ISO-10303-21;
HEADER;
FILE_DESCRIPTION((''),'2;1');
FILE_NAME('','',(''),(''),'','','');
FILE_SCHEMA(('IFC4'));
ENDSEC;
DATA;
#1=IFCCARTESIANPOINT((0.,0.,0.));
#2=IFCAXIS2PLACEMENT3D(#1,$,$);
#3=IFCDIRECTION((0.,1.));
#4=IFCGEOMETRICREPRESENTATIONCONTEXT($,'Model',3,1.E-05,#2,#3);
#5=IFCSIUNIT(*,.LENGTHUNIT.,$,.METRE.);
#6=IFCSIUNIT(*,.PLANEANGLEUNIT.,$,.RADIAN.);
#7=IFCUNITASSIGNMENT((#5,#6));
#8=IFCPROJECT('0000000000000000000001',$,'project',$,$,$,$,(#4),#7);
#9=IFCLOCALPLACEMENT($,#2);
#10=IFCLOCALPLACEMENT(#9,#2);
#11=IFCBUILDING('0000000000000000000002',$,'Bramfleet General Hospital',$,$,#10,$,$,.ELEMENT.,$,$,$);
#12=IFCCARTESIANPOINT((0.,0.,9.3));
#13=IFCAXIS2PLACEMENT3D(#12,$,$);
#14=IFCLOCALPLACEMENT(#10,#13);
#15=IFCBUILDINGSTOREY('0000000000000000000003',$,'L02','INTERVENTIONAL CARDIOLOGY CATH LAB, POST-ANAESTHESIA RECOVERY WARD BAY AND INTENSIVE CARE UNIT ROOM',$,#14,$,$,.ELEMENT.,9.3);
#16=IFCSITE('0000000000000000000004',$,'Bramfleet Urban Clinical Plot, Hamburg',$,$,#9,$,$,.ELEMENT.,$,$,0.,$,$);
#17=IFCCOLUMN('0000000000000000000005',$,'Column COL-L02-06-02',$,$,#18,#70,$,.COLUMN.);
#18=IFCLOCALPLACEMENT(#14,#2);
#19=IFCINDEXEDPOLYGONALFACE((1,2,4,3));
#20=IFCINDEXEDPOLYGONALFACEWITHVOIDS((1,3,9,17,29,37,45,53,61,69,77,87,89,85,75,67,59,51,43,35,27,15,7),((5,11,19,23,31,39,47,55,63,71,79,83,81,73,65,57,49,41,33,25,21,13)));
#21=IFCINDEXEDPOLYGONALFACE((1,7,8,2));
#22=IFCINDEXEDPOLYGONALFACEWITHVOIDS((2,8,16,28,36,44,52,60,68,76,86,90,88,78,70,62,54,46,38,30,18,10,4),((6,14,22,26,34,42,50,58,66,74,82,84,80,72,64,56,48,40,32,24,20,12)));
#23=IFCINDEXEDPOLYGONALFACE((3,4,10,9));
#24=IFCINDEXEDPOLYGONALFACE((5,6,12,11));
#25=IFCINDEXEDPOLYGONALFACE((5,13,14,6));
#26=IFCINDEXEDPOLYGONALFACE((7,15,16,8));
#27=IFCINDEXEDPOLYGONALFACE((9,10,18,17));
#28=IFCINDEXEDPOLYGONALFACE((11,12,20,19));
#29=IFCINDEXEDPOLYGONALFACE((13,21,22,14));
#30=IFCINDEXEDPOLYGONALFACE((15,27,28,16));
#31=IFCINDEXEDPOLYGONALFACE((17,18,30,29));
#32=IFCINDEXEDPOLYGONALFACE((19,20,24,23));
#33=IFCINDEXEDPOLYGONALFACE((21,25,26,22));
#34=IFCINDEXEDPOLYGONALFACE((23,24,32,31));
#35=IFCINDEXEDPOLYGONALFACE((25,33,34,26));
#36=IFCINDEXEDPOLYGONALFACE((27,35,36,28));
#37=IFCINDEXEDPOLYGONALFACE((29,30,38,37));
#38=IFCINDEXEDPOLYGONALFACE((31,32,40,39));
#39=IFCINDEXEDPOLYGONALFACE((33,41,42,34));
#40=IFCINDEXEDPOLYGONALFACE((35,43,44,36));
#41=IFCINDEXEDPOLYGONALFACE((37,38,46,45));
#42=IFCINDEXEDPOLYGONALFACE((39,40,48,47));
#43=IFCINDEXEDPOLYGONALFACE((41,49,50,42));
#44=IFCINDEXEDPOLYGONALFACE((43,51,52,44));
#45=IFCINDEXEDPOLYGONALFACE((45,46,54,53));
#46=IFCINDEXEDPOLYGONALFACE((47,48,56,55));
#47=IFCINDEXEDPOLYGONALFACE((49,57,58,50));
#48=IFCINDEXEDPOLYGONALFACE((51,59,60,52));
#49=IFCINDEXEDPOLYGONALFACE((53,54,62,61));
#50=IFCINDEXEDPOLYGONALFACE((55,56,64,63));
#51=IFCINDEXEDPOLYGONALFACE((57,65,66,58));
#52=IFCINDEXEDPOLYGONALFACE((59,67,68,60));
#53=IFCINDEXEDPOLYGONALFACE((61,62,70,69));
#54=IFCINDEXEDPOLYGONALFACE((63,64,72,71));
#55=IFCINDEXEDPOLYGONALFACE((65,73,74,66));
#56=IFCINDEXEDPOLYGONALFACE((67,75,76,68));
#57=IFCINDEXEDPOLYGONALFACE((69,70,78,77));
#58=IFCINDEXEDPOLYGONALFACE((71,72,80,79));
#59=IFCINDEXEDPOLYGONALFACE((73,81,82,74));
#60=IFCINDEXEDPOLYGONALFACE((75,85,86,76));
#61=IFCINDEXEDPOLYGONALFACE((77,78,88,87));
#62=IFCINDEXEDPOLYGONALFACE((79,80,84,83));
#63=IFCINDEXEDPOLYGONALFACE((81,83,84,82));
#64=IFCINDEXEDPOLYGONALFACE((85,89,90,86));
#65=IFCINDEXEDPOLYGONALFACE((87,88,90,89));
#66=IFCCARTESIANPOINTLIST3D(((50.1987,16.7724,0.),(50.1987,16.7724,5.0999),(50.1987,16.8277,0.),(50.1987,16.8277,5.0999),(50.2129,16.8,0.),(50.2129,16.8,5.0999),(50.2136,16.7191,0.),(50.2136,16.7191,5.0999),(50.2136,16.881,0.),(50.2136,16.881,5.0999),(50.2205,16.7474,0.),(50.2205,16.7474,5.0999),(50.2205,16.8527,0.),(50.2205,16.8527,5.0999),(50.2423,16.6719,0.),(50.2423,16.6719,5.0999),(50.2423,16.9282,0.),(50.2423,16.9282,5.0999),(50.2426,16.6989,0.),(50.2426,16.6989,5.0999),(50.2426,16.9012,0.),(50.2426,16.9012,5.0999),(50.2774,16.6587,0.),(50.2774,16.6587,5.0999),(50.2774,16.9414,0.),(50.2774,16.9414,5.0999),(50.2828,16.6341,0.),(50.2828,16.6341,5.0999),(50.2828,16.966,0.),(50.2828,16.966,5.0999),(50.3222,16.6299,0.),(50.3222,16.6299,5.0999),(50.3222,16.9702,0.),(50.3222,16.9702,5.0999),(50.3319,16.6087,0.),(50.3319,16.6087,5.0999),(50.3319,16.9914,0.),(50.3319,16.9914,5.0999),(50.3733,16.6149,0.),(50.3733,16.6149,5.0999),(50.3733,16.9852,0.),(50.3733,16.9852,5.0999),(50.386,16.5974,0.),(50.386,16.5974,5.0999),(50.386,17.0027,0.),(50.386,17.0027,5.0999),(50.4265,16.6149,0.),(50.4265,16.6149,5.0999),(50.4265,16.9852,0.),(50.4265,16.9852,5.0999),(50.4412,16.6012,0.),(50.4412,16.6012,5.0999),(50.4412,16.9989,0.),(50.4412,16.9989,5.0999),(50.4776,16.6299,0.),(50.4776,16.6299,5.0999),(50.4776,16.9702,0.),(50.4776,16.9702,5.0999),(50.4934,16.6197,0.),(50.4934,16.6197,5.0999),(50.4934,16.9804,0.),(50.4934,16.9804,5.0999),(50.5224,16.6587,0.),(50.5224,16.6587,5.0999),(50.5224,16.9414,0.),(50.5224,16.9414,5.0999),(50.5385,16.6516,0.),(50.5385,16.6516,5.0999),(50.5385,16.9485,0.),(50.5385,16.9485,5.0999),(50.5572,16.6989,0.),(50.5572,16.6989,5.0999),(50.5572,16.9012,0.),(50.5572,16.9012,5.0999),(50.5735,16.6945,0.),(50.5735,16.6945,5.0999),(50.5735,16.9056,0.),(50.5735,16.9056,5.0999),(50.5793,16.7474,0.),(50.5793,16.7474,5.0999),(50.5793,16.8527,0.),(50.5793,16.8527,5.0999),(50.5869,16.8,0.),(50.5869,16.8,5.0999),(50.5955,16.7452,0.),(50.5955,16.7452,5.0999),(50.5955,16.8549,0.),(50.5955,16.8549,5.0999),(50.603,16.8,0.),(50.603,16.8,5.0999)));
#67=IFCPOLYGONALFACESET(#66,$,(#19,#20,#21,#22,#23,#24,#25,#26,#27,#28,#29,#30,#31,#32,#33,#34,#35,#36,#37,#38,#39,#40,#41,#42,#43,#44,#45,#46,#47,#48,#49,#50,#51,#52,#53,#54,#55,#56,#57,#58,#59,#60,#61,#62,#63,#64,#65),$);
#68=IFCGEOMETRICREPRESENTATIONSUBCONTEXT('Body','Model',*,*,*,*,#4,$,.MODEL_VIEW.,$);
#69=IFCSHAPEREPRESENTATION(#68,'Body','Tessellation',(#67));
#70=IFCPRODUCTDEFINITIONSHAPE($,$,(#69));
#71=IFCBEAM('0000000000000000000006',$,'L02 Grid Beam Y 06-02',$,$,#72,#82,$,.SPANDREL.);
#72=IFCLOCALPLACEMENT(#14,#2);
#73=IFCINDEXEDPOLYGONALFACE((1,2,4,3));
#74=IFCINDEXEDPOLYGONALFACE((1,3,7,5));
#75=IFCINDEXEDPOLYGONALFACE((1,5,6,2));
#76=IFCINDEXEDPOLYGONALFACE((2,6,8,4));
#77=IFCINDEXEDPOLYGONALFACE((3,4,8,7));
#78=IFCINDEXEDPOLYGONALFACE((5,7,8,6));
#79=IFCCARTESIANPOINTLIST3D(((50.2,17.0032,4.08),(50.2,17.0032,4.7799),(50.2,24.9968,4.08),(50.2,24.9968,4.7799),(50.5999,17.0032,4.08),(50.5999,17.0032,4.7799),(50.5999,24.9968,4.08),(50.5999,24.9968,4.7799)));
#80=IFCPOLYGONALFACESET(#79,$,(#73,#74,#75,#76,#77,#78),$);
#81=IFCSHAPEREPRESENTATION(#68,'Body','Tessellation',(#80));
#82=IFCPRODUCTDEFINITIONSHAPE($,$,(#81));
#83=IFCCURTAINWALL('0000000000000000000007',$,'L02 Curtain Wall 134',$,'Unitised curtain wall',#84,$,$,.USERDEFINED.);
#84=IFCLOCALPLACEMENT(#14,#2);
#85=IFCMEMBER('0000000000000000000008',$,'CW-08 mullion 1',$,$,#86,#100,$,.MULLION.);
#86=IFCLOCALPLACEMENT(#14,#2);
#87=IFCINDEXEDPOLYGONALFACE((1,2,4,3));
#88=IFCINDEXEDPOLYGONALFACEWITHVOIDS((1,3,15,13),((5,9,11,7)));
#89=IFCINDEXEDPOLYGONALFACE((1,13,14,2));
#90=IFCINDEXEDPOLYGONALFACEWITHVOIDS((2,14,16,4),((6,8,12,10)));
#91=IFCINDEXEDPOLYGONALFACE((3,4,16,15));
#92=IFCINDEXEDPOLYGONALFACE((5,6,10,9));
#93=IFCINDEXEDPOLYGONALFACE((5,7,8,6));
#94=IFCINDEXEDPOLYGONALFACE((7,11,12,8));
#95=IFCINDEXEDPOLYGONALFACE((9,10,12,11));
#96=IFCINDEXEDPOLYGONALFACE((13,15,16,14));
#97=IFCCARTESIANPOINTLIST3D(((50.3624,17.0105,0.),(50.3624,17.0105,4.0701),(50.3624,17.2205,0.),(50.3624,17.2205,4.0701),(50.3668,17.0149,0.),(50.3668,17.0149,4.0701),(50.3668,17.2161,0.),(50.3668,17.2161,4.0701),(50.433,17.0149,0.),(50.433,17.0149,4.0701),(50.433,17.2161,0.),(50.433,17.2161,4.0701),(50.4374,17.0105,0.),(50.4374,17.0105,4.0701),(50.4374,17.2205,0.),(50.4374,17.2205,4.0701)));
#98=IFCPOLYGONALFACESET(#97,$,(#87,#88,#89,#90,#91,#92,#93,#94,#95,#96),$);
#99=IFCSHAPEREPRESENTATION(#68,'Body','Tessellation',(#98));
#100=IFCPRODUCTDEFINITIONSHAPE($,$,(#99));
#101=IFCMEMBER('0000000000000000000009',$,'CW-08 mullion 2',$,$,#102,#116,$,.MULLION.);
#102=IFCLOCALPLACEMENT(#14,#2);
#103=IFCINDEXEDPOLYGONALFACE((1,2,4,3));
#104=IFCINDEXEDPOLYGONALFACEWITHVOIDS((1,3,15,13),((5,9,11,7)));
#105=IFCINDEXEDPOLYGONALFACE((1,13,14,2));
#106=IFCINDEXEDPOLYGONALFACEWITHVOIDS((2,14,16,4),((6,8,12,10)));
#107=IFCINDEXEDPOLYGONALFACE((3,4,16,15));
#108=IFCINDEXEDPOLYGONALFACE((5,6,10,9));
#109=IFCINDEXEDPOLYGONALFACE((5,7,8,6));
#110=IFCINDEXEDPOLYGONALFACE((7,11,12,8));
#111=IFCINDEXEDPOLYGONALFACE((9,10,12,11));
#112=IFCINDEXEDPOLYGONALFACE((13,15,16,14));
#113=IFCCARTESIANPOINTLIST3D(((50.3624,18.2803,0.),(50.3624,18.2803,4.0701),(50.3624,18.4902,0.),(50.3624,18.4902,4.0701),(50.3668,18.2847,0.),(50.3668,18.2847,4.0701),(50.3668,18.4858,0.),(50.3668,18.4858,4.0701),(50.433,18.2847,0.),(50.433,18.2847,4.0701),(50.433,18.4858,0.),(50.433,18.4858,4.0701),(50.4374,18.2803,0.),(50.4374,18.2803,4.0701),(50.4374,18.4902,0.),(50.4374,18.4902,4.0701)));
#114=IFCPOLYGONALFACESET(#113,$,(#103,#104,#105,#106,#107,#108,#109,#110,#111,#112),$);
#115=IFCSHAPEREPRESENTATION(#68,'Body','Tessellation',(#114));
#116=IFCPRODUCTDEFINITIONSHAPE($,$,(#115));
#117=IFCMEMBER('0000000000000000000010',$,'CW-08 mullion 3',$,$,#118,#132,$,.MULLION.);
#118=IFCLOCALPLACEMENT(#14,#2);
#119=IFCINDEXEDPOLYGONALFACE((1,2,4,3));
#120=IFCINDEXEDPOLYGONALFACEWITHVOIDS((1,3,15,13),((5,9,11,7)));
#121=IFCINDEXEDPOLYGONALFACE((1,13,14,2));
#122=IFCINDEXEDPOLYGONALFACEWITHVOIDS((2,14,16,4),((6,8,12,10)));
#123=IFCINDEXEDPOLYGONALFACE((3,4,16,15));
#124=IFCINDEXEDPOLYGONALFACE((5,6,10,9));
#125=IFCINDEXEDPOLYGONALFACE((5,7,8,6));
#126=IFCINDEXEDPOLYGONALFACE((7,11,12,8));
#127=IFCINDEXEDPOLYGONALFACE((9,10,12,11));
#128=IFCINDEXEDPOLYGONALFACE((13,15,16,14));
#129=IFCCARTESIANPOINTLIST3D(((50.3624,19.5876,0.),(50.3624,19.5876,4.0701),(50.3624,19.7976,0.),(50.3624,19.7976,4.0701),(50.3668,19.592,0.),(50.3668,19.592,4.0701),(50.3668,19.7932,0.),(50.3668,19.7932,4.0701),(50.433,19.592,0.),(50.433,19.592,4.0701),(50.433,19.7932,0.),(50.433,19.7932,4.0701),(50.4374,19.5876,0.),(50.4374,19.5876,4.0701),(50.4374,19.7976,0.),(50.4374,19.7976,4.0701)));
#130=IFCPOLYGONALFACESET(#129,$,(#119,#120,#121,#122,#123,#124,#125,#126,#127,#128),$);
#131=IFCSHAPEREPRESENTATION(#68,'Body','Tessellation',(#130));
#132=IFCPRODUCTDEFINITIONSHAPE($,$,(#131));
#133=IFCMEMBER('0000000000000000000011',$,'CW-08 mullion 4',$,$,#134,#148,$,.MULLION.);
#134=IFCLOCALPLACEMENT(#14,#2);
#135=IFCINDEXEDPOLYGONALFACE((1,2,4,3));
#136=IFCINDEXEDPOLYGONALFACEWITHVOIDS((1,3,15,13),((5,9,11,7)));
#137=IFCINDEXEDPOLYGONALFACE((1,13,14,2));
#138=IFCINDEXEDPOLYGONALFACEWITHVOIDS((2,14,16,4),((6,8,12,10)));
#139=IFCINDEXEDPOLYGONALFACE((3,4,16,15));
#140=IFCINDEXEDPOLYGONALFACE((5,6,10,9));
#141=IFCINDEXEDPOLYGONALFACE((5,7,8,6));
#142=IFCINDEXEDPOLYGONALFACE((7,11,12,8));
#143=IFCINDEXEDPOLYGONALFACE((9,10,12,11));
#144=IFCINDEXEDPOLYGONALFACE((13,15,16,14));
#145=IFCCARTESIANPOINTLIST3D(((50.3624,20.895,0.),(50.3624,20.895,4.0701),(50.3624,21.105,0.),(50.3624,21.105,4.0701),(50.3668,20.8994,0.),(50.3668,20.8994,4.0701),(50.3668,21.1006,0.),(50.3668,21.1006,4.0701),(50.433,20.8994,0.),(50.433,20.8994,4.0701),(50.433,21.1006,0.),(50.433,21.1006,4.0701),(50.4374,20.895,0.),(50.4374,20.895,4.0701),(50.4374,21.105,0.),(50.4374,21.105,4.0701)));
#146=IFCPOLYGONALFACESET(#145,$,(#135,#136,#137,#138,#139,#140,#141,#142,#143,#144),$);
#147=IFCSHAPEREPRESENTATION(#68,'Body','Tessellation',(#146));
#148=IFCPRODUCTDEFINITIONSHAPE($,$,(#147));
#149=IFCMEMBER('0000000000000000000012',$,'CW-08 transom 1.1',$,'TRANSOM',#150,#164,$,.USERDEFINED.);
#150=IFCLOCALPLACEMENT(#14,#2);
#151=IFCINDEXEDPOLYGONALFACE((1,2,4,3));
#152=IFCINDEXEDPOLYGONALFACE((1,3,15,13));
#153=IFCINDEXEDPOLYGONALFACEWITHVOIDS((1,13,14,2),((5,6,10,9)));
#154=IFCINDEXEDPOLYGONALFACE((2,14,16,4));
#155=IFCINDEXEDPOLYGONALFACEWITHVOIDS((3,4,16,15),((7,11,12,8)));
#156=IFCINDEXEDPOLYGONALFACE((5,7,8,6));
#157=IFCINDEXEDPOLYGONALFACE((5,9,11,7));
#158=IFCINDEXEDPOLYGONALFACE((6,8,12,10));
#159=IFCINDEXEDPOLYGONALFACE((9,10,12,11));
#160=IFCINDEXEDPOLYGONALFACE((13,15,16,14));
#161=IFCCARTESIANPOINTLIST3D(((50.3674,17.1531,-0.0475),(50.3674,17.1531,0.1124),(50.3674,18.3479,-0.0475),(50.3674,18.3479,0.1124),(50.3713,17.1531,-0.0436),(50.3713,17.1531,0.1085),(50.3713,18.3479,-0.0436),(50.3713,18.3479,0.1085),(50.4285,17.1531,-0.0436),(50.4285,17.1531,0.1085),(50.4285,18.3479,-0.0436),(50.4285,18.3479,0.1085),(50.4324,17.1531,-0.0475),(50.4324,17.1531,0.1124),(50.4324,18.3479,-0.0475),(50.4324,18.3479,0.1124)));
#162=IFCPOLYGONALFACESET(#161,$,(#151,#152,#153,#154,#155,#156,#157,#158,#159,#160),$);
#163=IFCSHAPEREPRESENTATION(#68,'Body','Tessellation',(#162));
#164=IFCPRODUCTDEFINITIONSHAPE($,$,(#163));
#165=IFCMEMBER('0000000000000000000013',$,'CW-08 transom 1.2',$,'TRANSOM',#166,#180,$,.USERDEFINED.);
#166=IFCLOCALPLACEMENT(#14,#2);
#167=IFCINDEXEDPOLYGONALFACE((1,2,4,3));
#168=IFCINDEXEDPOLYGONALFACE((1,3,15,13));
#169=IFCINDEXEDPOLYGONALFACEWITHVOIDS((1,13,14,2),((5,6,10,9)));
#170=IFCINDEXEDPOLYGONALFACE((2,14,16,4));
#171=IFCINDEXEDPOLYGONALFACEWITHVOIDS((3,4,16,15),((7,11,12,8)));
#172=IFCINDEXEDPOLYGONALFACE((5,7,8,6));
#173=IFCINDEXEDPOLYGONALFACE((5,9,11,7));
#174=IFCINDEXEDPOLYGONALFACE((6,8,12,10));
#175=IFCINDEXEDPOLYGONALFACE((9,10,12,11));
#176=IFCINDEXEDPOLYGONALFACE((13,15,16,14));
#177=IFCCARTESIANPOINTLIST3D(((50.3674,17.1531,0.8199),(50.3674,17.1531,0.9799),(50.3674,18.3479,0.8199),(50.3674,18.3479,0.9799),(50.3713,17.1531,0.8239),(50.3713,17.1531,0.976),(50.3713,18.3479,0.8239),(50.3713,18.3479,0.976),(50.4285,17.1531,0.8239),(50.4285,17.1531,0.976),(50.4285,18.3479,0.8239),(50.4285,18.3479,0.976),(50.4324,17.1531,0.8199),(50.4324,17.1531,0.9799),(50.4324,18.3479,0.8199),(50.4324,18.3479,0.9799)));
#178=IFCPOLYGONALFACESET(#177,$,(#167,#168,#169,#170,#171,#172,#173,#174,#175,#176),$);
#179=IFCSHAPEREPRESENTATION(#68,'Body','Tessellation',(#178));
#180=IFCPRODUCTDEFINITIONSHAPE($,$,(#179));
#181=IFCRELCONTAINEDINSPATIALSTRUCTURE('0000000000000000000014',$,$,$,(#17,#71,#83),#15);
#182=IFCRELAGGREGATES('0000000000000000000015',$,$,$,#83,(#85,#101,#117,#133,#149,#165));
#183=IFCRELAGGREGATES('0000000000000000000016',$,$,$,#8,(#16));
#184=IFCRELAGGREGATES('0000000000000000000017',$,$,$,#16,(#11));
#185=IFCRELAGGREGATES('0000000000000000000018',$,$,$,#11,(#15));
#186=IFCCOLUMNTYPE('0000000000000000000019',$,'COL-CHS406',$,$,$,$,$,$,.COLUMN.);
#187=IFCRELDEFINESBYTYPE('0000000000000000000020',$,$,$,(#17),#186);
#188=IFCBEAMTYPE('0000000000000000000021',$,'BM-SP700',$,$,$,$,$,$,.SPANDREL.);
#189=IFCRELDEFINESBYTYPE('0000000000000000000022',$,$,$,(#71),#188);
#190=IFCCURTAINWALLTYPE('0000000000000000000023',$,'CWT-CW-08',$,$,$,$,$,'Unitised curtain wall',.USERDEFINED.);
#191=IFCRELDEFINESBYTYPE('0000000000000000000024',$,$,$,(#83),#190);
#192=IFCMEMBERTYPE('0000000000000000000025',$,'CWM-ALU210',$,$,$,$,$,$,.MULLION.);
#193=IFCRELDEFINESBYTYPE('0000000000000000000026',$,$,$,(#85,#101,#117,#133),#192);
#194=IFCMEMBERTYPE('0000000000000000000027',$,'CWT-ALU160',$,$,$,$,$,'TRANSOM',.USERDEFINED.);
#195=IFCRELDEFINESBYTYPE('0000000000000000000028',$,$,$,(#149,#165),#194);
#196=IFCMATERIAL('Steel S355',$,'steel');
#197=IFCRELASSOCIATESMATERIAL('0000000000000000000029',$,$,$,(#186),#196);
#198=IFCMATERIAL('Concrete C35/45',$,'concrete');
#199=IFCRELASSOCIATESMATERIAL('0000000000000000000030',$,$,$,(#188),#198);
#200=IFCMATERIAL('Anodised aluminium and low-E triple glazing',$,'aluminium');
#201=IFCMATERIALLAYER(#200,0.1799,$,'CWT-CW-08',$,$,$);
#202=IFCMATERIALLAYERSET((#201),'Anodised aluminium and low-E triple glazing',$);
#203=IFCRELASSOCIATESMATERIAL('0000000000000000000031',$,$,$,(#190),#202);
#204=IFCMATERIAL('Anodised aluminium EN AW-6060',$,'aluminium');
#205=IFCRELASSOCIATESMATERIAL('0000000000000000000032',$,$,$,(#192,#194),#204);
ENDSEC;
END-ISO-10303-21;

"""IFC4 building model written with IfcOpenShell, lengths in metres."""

from ifc_helpers import new_model, si_unit, direction, frame, origin, origin_2d, place, context, subcontext, project, spatial, rectangle, hollow_rectangle, hollow_circle, extrude, material, layer, layer_set, material_profile, profile_set, type_object, element, aggregate, save


model = new_model("IFC4")

# Units and contexts
model_context = context("Model", 3, precision=1e-05, world=origin(), true_north=direction((0.0, 1.0)))
body_context = subcontext(model_context, "Body", "Model", "MODEL_VIEW")
ifc_project = project(units=[si_unit("LENGTHUNIT", "METRE"), si_unit("PLANEANGLEUNIT", "RADIAN")], contexts=[model_context])

# Site, building, storey
site_placement = place(None, origin())
site = spatial("IfcSite", under=ifc_project, at=site_placement, Name="Bramfleet Urban Clinical Plot, Hamburg", CompositionType="ELEMENT", RefElevation=0.0)
building_placement = place(site_placement, origin())
building = spatial("IfcBuilding", under=site, at=building_placement, Name="Bramfleet General Hospital", CompositionType="ELEMENT")
storey_placement = place(building_placement, frame((0.0, 0.0, 9.3)))
storey = spatial("IfcBuildingStorey", under=building, at=storey_placement, Name="L02", Description="INTERVENTIONAL CARDIOLOGY CATH LAB, POST-ANAESTHESIA RECOVERY WARD BAY AND INTENSIVE CARE UNIT ROOM", CompositionType="ELEMENT", Elevation=9.3)

# Column
ifc_material_1 = material(Name="Steel S355", Category="steel")
ifc_material_profile_1 = material_profile(ifc_material_1, hollow_circle(Radius=0.2031, WallThickness=0.0161, at=origin_2d()), Name="CHS 406.4x16.0")
ifc_profile_set_1 = profile_set([ifc_material_profile_1], Name="Steel S355")
column_type = type_object("IfcColumnType", Name="COL-CHS406", PredefinedType="COLUMN", material=ifc_profile_set_1)
column_placement = place(storey_placement, frame((50.3999, 16.8, 0.0), z_axis=(0.0, 0.0, 1.0), x_axis=(1.0, 0.0, 0.0)))
element("IfcColumn", 1, at=column_placement, inside=storey, type_object=column_type, Name="Column COL-L02-06-02", PredefinedType="COLUMN", context=body_context, shape_type="SweptSolid", body=[
    extrude(hollow_circle(Radius=0.2031, WallThickness=0.0161, at=origin_2d()), origin(), (0.0, 0.0, 1.0), 5.0999),
])

# Beam
ifc_material_2 = material(Name="Concrete C35/45", Category="concrete")
ifc_material_profile_2 = material_profile(ifc_material_2, rectangle(XDim=0.3999, YDim=0.7, at=origin_2d()), Name="RC SP 700x400")
ifc_profile_set_2 = profile_set([ifc_material_profile_2], Name="Concrete C35/45")
beam_type = type_object("IfcBeamType", Name="BM-SP700", PredefinedType="SPANDREL", material=ifc_profile_set_2)
beam_placement = place(storey_placement, frame((50.3999, 17.0032, 4.4299), z_axis=(0.0, 1.0, 0.0), x_axis=(-1.0, 0.0, 0.0)))
element("IfcBeam", 2, at=beam_placement, inside=storey, type_object=beam_type, Name="L02 Grid Beam Y 06-02", PredefinedType="SPANDREL", context=body_context, shape_type="SweptSolid", body=[
    extrude(rectangle(XDim=0.3999, YDim=0.7, at=origin_2d()), origin(), (0.0, 0.0, 1.0), 7.9937),
])

# Curtain wall, members
ifc_material_3 = material(Name="Anodised aluminium and low-E triple glazing", Category="aluminium")
ifc_layer_1 = layer(ifc_material_3, 0.1799, Name="CWT-CW-08")
ifc_layer_set_1 = layer_set([ifc_layer_1], Name="Anodised aluminium and low-E triple glazing")
curtain_wall_type = type_object("IfcCurtainWallType", Name="CWT-CW-08", ElementType="Unitised curtain wall", PredefinedType="USERDEFINED", material=ifc_layer_set_1)
curtain_wall_placement = place(storey_placement, origin())
curtain_wall = element("IfcCurtainWall", 3, at=curtain_wall_placement, inside=storey, type_object=curtain_wall_type, Name="L02 Curtain Wall 134", ObjectType="Unitised curtain wall", PredefinedType="USERDEFINED")
ifc_material_4 = material(Name="Anodised aluminium EN AW-6060", Category="aluminium")
ifc_material_profile_3 = material_profile(ifc_material_4, hollow_rectangle(XDim=0.075, YDim=0.21, WallThickness=0.0044, at=origin_2d()), Name="ALU 210x75x4.5")
ifc_profile_set_3 = profile_set([ifc_material_profile_3], Name="Anodised aluminium EN AW-6060")
member_type_1 = type_object("IfcMemberType", Name="CWM-ALU210", PredefinedType="MULLION", material=ifc_profile_set_3)
member_1_placement = place(storey_placement, frame((50.3999, 17.1155, 0.0), z_axis=(0.0, 0.0, 1.0), x_axis=(-1.0, 0.0, 0.0)))
member_1 = element("IfcMember", 4, at=member_1_placement, type_object=member_type_1, Name="CW-08 mullion 1", PredefinedType="MULLION", context=body_context, shape_type="SweptSolid", body=[
    extrude(hollow_rectangle(XDim=0.075, YDim=0.21, WallThickness=0.0044, at=origin_2d()), origin(), (0.0, 0.0, 1.0), 4.0701),
])
member_2_placement = place(storey_placement, frame((50.3999, 18.3853, 0.0), z_axis=(0.0, 0.0, 1.0), x_axis=(-1.0, 0.0, 0.0)))
member_2 = element("IfcMember", 5, at=member_2_placement, type_object=member_type_1, Name="CW-08 mullion 2", PredefinedType="MULLION", context=body_context, shape_type="SweptSolid", body=[
    extrude(hollow_rectangle(XDim=0.075, YDim=0.21, WallThickness=0.0044, at=origin_2d()), origin(), (0.0, 0.0, 1.0), 4.0701),
])
member_3_placement = place(storey_placement, frame((50.3999, 19.6926, 0.0), z_axis=(0.0, 0.0, 1.0), x_axis=(-1.0, 0.0, 0.0)))
member_3 = element("IfcMember", 6, at=member_3_placement, type_object=member_type_1, Name="CW-08 mullion 3", PredefinedType="MULLION", context=body_context, shape_type="SweptSolid", body=[
    extrude(hollow_rectangle(XDim=0.075, YDim=0.21, WallThickness=0.0044, at=origin_2d()), origin(), (0.0, 0.0, 1.0), 4.0701),
])
member_4_placement = place(storey_placement, frame((50.3999, 21.0, 0.0), z_axis=(0.0, 0.0, 1.0), x_axis=(-1.0, 0.0, 0.0)))
member_4 = element("IfcMember", 7, at=member_4_placement, type_object=member_type_1, Name="CW-08 mullion 4", PredefinedType="MULLION", context=body_context, shape_type="SweptSolid", body=[
    extrude(hollow_rectangle(XDim=0.075, YDim=0.21, WallThickness=0.0044, at=origin_2d()), origin(), (0.0, 0.0, 1.0), 4.0701),
])
ifc_material_profile_4 = material_profile(ifc_material_4, hollow_rectangle(XDim=0.0649, YDim=0.1599, WallThickness=0.0039, at=origin_2d()), Name="ALU 160x65x4.0")
ifc_profile_set_4 = profile_set([ifc_material_profile_4], Name="Anodised aluminium EN AW-6060")
member_type_2 = type_object("IfcMemberType", Name="CWT-ALU160", ElementType="TRANSOM", PredefinedType="USERDEFINED", material=ifc_profile_set_4)
member_5_placement = place(storey_placement, frame((50.3999, 17.1531, 0.0325), z_axis=(0.0, 1.0, 0.0), x_axis=(-1.0, 0.0, 0.0)))
member_5 = element("IfcMember", 8, at=member_5_placement, type_object=member_type_2, Name="CW-08 transom 1.1", ObjectType="TRANSOM", PredefinedType="USERDEFINED", context=body_context, shape_type="SweptSolid", body=[
    extrude(hollow_rectangle(XDim=0.0649, YDim=0.1599, WallThickness=0.0039, at=origin_2d()), origin(), (0.0, 0.0, 1.0), 1.1948),
])
member_6_placement = place(storey_placement, frame((50.3999, 17.1531, 0.8999), z_axis=(0.0, 1.0, 0.0), x_axis=(-1.0, 0.0, 0.0)))
member_6 = element("IfcMember", 9, at=member_6_placement, type_object=member_type_2, Name="CW-08 transom 1.2", ObjectType="TRANSOM", PredefinedType="USERDEFINED", context=body_context, shape_type="SweptSolid", body=[
    extrude(hollow_rectangle(XDim=0.0649, YDim=0.1599, WallThickness=0.0039, at=origin_2d()), origin(), (0.0, 0.0, 1.0), 1.1948),
])

aggregate(curtain_wall, [member_1, member_2, member_3, member_4, member_5, member_6])

save(model, "model.ifc")
